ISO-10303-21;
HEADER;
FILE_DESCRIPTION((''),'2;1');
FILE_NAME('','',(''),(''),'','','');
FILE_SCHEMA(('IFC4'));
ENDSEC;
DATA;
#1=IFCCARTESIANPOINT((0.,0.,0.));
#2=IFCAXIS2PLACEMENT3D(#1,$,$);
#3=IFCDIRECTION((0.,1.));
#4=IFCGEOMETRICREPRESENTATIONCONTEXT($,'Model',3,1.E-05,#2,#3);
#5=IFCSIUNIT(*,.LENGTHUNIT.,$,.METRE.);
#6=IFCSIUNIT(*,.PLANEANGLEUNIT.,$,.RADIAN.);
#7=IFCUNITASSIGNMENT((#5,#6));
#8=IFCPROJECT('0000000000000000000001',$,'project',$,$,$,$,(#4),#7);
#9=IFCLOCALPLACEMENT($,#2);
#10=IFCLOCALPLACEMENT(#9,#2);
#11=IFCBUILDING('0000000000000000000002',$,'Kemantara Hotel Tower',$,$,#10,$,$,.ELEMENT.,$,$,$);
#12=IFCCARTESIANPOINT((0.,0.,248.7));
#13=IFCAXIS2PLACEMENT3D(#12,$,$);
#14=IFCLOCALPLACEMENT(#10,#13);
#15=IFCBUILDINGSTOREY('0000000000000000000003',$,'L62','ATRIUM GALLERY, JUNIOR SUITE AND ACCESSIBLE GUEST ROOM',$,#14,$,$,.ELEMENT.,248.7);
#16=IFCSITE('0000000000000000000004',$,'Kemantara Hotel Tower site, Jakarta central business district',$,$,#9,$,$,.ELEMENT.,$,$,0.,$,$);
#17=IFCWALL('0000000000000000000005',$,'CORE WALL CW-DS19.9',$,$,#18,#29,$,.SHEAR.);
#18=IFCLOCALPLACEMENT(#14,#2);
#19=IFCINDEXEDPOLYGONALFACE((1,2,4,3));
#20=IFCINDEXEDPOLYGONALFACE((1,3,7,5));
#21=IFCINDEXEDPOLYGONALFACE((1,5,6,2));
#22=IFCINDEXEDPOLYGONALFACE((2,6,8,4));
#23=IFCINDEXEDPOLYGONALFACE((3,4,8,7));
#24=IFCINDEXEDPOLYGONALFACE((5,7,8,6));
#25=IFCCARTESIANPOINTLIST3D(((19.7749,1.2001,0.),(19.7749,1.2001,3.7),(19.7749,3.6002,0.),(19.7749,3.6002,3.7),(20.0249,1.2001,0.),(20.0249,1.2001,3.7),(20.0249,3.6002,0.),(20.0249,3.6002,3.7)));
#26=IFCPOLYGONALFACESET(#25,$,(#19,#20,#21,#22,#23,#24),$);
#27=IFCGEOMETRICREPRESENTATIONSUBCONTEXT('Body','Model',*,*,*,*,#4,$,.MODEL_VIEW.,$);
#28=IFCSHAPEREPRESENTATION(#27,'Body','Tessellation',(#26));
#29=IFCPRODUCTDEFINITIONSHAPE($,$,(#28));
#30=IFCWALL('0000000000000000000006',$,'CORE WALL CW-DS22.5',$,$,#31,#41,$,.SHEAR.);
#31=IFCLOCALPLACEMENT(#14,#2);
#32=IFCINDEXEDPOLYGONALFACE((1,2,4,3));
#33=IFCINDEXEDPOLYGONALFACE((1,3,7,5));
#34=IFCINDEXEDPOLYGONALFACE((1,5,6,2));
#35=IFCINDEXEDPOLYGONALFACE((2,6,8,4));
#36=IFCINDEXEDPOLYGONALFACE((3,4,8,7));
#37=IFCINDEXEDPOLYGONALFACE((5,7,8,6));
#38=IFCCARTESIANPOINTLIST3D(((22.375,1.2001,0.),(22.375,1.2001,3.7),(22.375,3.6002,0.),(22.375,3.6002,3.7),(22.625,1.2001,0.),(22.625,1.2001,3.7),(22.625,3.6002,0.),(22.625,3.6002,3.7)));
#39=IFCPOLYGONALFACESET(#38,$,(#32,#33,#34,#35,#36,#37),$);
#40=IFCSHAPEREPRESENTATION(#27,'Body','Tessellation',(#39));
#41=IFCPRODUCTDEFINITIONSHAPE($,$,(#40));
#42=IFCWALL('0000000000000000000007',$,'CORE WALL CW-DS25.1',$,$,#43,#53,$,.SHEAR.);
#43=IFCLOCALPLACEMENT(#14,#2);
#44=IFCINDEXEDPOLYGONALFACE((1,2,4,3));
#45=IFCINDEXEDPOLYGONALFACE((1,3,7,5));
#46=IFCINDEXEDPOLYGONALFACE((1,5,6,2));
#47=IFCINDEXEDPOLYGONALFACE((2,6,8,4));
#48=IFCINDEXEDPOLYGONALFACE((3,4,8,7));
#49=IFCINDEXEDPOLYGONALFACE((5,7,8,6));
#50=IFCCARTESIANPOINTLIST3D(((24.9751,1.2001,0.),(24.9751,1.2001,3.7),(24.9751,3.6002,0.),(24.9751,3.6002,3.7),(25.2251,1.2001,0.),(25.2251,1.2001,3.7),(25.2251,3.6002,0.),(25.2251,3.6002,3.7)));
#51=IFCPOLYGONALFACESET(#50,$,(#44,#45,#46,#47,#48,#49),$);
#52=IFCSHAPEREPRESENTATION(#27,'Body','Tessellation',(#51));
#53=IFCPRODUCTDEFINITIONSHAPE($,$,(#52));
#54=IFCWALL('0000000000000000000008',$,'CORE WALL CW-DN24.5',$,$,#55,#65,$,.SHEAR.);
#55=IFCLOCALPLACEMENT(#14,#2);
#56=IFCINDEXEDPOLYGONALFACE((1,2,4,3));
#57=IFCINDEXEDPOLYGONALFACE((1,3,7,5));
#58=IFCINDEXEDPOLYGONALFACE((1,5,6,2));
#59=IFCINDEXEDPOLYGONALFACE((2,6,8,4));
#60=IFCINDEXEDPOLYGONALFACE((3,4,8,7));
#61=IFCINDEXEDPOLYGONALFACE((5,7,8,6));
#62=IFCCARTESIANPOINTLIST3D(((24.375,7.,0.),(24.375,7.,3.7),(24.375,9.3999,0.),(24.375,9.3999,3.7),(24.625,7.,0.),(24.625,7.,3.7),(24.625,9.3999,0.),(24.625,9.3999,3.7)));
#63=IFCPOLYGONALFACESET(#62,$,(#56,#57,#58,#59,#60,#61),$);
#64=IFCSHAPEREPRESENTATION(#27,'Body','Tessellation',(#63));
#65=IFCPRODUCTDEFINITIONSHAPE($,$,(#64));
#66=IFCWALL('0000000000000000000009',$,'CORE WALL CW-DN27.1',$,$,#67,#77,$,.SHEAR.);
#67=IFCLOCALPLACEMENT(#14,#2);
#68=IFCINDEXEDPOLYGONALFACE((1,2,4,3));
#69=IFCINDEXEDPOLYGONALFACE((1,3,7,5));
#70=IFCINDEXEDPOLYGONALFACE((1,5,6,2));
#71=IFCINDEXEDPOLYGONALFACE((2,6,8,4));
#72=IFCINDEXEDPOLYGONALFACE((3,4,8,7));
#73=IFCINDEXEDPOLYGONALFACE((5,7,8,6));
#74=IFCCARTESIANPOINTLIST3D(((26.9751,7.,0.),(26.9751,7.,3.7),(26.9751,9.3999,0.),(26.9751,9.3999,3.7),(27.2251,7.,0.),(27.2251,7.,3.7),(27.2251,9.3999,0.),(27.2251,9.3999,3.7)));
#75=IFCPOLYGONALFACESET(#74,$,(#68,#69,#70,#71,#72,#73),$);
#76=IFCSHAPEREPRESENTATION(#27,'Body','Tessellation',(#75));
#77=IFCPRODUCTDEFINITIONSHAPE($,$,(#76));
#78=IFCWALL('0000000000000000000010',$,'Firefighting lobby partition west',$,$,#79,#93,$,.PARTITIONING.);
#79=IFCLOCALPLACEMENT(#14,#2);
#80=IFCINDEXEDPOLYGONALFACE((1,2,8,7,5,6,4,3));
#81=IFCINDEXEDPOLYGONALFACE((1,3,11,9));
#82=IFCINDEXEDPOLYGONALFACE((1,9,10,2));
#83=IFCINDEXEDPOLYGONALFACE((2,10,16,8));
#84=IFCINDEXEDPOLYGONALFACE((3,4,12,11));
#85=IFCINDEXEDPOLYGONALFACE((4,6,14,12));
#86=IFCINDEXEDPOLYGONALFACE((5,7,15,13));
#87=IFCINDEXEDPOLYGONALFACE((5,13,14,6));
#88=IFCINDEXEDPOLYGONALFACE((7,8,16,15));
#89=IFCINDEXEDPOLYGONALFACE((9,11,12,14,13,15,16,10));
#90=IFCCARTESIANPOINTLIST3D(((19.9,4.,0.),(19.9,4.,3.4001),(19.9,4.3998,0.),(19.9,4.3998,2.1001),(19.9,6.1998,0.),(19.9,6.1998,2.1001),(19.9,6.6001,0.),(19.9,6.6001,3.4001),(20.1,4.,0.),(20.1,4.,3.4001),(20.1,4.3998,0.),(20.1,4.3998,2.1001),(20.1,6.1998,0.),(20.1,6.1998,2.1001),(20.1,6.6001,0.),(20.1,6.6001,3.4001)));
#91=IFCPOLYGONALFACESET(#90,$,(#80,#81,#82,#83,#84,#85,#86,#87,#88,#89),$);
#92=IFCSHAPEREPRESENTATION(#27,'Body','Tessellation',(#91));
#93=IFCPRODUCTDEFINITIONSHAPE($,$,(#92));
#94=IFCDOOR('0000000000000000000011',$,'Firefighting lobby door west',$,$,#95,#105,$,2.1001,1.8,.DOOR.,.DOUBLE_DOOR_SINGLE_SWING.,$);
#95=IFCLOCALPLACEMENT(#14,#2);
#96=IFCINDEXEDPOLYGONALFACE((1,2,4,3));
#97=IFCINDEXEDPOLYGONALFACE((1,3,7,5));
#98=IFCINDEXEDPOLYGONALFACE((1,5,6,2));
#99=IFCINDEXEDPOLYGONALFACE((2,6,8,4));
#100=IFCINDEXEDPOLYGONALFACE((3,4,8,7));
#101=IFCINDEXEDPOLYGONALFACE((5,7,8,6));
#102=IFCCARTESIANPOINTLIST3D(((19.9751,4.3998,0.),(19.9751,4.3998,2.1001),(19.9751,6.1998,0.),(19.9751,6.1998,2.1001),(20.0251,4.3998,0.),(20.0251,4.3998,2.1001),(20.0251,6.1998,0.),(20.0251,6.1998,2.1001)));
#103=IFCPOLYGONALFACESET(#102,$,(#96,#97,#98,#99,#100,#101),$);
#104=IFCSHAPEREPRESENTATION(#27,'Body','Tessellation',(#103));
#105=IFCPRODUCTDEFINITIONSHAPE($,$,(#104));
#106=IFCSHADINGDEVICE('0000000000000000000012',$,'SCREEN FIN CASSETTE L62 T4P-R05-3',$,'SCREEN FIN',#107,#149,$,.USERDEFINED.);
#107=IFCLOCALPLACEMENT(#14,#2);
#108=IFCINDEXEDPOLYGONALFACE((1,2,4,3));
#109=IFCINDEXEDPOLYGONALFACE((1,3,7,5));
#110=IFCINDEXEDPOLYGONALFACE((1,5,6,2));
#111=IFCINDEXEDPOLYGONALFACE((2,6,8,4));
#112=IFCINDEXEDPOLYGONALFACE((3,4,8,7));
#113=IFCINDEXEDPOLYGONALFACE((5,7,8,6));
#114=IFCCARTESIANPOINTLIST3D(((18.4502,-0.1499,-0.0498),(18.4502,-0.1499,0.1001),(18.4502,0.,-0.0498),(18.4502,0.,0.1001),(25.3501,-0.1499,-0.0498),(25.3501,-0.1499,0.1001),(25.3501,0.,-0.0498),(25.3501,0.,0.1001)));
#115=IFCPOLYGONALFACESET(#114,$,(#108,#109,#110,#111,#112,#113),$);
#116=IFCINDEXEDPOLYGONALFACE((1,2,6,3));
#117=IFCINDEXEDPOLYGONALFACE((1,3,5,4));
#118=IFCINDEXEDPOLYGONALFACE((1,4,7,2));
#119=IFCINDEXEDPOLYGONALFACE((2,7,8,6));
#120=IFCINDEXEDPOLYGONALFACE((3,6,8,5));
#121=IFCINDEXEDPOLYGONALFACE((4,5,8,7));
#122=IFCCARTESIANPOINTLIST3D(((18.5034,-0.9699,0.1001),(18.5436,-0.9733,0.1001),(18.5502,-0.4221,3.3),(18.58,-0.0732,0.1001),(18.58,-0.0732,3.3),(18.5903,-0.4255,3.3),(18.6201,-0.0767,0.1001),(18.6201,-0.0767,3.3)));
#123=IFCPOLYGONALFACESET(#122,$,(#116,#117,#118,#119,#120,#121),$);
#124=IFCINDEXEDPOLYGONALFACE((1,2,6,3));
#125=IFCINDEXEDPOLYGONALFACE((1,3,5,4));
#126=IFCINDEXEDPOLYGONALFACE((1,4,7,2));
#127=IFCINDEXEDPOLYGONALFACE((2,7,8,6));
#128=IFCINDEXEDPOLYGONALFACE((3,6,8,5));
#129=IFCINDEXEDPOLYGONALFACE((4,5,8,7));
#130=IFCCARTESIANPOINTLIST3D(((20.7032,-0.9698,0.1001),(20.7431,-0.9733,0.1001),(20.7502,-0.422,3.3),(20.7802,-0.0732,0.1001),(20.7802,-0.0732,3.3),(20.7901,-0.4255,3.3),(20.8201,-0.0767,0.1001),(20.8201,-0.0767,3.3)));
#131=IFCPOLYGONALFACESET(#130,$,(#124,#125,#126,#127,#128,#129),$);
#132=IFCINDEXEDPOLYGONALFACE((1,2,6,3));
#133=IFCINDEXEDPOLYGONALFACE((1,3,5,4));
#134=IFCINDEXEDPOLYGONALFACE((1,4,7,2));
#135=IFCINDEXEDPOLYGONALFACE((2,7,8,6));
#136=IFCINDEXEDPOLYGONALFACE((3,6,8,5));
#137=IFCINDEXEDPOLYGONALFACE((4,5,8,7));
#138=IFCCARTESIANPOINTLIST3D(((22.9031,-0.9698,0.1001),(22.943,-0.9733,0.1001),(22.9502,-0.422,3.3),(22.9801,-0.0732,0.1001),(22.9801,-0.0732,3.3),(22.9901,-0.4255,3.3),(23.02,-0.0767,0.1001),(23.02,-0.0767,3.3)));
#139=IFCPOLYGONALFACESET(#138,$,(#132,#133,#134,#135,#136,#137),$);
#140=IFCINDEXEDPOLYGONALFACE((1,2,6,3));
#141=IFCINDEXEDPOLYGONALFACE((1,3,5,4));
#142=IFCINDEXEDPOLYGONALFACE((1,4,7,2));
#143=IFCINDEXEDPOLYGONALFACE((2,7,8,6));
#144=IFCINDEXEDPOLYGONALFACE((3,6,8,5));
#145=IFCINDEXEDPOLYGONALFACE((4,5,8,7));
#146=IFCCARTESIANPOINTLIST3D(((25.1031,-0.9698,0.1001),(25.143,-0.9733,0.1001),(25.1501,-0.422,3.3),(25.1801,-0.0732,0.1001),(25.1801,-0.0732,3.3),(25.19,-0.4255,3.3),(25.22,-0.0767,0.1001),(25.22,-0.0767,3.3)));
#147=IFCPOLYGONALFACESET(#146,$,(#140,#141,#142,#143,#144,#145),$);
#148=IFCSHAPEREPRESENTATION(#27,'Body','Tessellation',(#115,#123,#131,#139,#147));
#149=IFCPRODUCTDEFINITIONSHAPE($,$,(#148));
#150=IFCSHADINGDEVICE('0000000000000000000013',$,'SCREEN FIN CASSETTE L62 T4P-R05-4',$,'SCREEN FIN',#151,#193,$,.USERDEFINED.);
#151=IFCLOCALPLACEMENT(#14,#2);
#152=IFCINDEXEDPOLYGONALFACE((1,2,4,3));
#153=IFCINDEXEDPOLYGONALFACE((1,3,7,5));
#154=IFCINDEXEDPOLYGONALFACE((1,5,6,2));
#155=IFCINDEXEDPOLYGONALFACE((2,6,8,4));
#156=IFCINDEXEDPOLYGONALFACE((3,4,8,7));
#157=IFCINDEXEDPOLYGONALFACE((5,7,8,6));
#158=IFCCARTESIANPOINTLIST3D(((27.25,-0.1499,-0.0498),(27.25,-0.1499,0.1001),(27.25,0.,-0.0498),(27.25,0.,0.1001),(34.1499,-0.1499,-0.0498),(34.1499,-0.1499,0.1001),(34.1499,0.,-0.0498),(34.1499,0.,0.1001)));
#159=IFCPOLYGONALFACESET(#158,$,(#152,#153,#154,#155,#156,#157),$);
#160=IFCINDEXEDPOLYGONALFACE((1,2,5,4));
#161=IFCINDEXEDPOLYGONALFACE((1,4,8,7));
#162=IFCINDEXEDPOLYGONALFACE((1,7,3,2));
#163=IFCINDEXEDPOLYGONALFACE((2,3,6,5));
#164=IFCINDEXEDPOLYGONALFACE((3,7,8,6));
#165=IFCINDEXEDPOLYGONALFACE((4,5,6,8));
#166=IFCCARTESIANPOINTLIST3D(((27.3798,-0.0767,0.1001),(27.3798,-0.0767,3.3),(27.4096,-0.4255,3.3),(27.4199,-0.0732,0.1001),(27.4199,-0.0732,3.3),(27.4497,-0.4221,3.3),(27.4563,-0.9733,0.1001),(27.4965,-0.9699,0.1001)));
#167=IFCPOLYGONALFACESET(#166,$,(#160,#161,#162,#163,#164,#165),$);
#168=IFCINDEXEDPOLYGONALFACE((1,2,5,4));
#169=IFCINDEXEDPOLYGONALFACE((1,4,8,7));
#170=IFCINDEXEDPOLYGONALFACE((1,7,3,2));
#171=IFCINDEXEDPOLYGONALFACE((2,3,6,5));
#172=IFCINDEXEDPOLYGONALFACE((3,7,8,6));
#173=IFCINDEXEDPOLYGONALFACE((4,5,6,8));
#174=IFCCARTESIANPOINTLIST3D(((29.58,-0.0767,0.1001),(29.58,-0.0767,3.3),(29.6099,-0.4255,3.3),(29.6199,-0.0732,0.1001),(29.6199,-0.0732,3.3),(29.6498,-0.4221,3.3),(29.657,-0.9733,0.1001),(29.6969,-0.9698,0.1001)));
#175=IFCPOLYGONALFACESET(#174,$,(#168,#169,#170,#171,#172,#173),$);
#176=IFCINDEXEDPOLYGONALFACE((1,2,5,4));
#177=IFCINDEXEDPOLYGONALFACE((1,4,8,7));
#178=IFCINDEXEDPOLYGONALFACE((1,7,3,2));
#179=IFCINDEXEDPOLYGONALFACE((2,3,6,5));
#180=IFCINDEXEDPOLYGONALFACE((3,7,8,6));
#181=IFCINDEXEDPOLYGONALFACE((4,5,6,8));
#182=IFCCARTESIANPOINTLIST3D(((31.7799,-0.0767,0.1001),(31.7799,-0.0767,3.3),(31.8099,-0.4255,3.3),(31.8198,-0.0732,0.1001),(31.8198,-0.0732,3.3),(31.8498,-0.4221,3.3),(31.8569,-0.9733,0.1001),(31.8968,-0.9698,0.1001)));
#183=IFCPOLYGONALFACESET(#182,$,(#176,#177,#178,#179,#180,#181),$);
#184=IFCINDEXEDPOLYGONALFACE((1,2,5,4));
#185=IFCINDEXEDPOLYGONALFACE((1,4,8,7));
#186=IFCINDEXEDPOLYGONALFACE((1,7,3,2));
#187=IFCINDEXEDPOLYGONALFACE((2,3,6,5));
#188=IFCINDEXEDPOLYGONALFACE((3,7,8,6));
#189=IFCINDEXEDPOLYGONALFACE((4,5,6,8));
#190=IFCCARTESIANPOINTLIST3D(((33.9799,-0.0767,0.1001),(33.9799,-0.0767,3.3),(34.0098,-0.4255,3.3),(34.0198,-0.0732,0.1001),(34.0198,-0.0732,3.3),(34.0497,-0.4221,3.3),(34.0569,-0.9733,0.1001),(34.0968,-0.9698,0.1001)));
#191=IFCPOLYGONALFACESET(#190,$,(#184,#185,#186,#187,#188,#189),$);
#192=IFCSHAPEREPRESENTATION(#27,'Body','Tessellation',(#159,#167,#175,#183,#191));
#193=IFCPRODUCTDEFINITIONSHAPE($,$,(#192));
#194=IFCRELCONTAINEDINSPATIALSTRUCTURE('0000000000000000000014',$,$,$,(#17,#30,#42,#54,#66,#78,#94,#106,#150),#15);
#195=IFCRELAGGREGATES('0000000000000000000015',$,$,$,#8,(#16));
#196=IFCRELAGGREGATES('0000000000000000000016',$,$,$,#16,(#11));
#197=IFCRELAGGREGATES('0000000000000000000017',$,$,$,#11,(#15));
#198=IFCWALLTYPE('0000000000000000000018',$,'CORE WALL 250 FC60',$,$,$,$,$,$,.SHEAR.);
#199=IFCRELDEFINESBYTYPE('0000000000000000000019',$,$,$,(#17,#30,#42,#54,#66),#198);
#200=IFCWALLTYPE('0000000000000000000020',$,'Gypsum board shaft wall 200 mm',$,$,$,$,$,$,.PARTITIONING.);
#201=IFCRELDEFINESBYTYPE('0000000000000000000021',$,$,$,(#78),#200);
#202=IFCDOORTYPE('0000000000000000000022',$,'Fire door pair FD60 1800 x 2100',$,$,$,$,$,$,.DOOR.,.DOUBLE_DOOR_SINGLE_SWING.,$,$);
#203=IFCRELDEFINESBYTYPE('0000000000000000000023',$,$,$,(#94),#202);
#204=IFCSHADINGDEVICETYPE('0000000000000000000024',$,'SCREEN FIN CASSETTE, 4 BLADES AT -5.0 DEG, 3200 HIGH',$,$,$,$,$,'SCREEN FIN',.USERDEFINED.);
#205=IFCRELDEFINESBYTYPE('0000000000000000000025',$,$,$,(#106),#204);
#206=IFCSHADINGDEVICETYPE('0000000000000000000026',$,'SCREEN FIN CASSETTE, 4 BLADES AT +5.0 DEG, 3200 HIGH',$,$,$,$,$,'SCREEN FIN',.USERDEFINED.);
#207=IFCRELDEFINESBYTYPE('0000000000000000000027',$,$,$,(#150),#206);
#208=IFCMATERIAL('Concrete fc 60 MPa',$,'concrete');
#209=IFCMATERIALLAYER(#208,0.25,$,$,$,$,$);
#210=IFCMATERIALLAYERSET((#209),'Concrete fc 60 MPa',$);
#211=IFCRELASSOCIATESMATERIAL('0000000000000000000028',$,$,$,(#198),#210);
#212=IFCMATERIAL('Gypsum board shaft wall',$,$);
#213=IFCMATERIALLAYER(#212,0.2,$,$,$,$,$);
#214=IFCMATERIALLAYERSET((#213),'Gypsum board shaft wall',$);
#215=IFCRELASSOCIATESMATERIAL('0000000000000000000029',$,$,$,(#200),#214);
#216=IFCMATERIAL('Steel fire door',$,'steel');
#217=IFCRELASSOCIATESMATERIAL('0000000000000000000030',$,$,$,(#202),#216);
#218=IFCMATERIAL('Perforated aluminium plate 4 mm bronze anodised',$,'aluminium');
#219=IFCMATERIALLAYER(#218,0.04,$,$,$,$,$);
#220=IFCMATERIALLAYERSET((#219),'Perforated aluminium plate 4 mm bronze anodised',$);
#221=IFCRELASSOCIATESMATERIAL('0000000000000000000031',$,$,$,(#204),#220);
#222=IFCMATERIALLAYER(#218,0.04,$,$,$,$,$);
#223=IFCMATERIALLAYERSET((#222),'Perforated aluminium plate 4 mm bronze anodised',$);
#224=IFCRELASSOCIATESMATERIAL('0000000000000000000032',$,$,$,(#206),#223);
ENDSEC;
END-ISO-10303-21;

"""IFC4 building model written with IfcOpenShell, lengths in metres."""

from ifc_helpers import new_model, si_unit, direction, frame, frame_2d, origin, origin_2d, place, context, subcontext, project, spatial, polyline, rectangle, outline, extrude, source, transform, mapped, material, layer, layer_set, type_object, element, fill, save


model = new_model("IFC4")

# Units and contexts
model_context = context("Model", 3, precision=1e-05, world=origin(), true_north=direction((0.0, 1.0)))
body_context = subcontext(model_context, "Body", "Model", "MODEL_VIEW")
ifc_project = project(units=[si_unit("LENGTHUNIT", "METRE"), si_unit("PLANEANGLEUNIT", "RADIAN")], contexts=[model_context])

# Site, building, storey
site_placement = place(None, origin())
site = spatial("IfcSite", under=ifc_project, at=site_placement, Name="Kemantara Hotel Tower site, Jakarta central business district", CompositionType="ELEMENT", RefElevation=0.0)
building_placement = place(site_placement, origin())
building = spatial("IfcBuilding", under=site, at=building_placement, Name="Kemantara Hotel Tower", CompositionType="ELEMENT")
storey_placement = place(building_placement, frame((0.0, 0.0, 248.7)))
storey = spatial("IfcBuildingStorey", under=building, at=storey_placement, Name="L62", Description="ATRIUM GALLERY, JUNIOR SUITE AND ACCESSIBLE GUEST ROOM", CompositionType="ELEMENT", Elevation=248.7)

# Walls
ifc_material_1 = material(Name="Concrete fc 60 MPa", Category="concrete")
ifc_layer_1 = layer(ifc_material_1, 0.25)
ifc_layer_set_1 = layer_set([ifc_layer_1], Name="Concrete fc 60 MPa")
wall_type_1 = type_object("IfcWallType", Name="CORE WALL 250 FC60", PredefinedType="SHEAR", material=ifc_layer_set_1)
for number, where, z_axis, x_axis, name in (
    (1, (19.8999, 1.2, 0.0), (0.0, 0.0, 1.0), (0.0, 1.0, 0.0), "CORE WALL CW-DS19.9"),
    (2, (22.5, 1.2, 0.0), (0.0, 0.0, 1.0), (0.0, 1.0, 0.0), "CORE WALL CW-DS22.5"),
    (3, (25.1001, 1.2, 0.0), (0.0, 0.0, 1.0), (0.0, 1.0, 0.0), "CORE WALL CW-DS25.1"),
):
    element("IfcWall", number, at=place(storey_placement, frame(where, z_axis=z_axis, x_axis=x_axis)), inside=storey, type_object=wall_type_1, Name=name, PredefinedType="SHEAR", context=body_context, shape_type="SweptSolid", body=[
        extrude(rectangle(XDim=2.4001, YDim=0.25, at=frame_2d((1.2002, 0.0))), origin(), (0.0, 0.0, 1.0), 3.7),
    ])
for number, where, z_axis, x_axis, name in (
    (4, (24.5, 7.0, 0.0), (0.0, 0.0, 1.0), (0.0, 1.0, 0.0), "CORE WALL CW-DN24.5"),
    (5, (27.1001, 7.0, 0.0), (0.0, 0.0, 1.0), (0.0, 1.0, 0.0), "CORE WALL CW-DN27.1"),
):
    element("IfcWall", number, at=place(storey_placement, frame(where, z_axis=z_axis, x_axis=x_axis)), inside=storey, type_object=wall_type_1, Name=name, PredefinedType="SHEAR", context=body_context, shape_type="SweptSolid", body=[
        extrude(rectangle(XDim=2.3999, YDim=0.25, at=frame_2d((1.2, 0.0))), origin(), (0.0, 0.0, 1.0), 3.7),
    ])

# Wall, opening, door
ifc_material_2 = material(Name="Gypsum board shaft wall")
ifc_layer_2 = layer(ifc_material_2, 0.2)
ifc_layer_set_2 = layer_set([ifc_layer_2], Name="Gypsum board shaft wall")
wall_type_2 = type_object("IfcWallType", Name="Gypsum board shaft wall 200 mm", PredefinedType="PARTITIONING", material=ifc_layer_set_2)
wall_placement = place(storey_placement, frame((20.0, 4.0, 0.0), z_axis=(0.0, 0.0, 1.0), x_axis=(0.0, 1.0, 0.0)))
wall = element("IfcWall", 6, at=wall_placement, inside=storey, type_object=wall_type_2, Name="Firefighting lobby partition west", PredefinedType="PARTITIONING", context=body_context, shape_type="SweptSolid", body=[
    extrude(rectangle(XDim=2.6001, YDim=0.2, at=frame_2d((1.3, 0.0))), origin(), (0.0, 0.0, 1.0), 3.4001),
])
opening_placement = place(wall_placement, frame((0.3999, 0.0, 0.0)))
opening = element("IfcOpeningElement", 7, at=opening_placement, cuts=wall, PredefinedType="OPENING", context=body_context, shape_type="SweptSolid", body=[
    extrude(rectangle(XDim=1.8, YDim=2.1001, at=frame_2d((0.8999, 1.05))), frame((0.0, 0.1099, 0.0), z_axis=(0.0, -1.0, 0.0), x_axis=(1.0, 0.0, 0.0)), (0.0, 0.0, 1.0), 0.22),
])
ifc_material_3 = material(Name="Steel fire door", Category="steel")
door_type = type_object("IfcDoorType", Name="Fire door pair FD60 1800 x 2100", OperationType="DOUBLE_DOOR_SINGLE_SWING", PredefinedType="DOOR", material=ifc_material_3)
door_placement = place(opening_placement, origin())
door = element("IfcDoor", 8, at=door_placement, inside=storey, type_object=door_type, Name="Firefighting lobby door west", OperationType="DOUBLE_DOOR_SINGLE_SWING", OverallHeight=2.1001, OverallWidth=1.8, PredefinedType="DOOR", context=body_context, shape_type="SweptSolid", body=[
    extrude(rectangle(XDim=1.8, YDim=2.1001, at=frame_2d((0.8999, 1.05))), frame((0.0, 0.0249, 0.0), z_axis=(0.0, -1.0, 0.0), x_axis=(1.0, 0.0, 0.0)), (0.0, 0.0, 1.0), 0.05),
])
fill(opening, door)

# Shading devices
ifc_material_4 = material(Name="Perforated aluminium plate 4 mm bronze anodised", Category="aluminium")
ifc_layer_3 = layer(ifc_material_4, 0.04)
ifc_layer_set_3 = layer_set([ifc_layer_3], Name="Perforated aluminium plate 4 mm bronze anodised")
shading_device_type_1 = type_object("IfcShadingDeviceType", Name="SCREEN FIN CASSETTE, 4 BLADES AT -5.0 DEG, 3200 HIGH", ElementType="SCREEN FIN", PredefinedType="USERDEFINED", material=ifc_layer_set_3)
shared_shape_1 = source(origin(), body_context, "Body", "SweptSolid", [
    extrude(rectangle(XDim=6.8999, YDim=0.1499, at=origin_2d()), frame((3.3, -0.075, -0.1499), z_axis=(0.0, 0.0, 1.0), x_axis=(1.0, 0.0, 0.0)), (0.0, 0.0, 1.0), 0.1499),
    extrude(outline(polyline([(0.0, 0.0), (0.8999, 0.0), (0.3501, 3.2), (0.0, 3.2), (0.0, 0.0)])), frame((0.02, -0.0767, 0.0), z_axis=(-0.996376, 0.085056, 0.0), x_axis=(-0.085056, -0.996376, 0.0)), (0.0, 0.0, 1.0), 0.0403),
    extrude(outline(polyline([(0.0, 0.0), (0.8999, 0.0), (0.3501, 3.2), (0.0, 3.2), (0.0, 0.0)])), frame((2.22, -0.0767, 0.0), z_axis=(-0.996332, 0.085575, 0.0), x_axis=(-0.085575, -0.996332, 0.0)), (0.0, 0.0, 1.0), 0.04),
    extrude(outline(polyline([(0.0, 0.0), (0.8999, 0.0), (0.3501, 3.2), (0.0, 3.2), (0.0, 0.0)])), frame((4.4199, -0.0767, 0.0), z_axis=(-0.996332, 0.085575, 0.0), x_axis=(-0.085575, -0.996332, 0.0)), (0.0, 0.0, 1.0), 0.04),
    extrude(outline(polyline([(0.0, 0.0), (0.8999, 0.0), (0.3501, 3.2), (0.0, 3.2), (0.0, 0.0)])), frame((6.6199, -0.0767, 0.0), z_axis=(-0.996332, 0.085575, 0.0), x_axis=(-0.085575, -0.996332, 0.0)), (0.0, 0.0, 1.0), 0.04),
])
shading_device_1_placement = place(storey_placement, frame((18.6001, 0.0, 0.1001), z_axis=(0.0, 0.0, 1.0), x_axis=(1.0, 0.0, 0.0)))
element("IfcShadingDevice", 9, at=shading_device_1_placement, inside=storey, type_object=shading_device_type_1, Name="SCREEN FIN CASSETTE L62 T4P-R05-3", ObjectType="SCREEN FIN", PredefinedType="USERDEFINED", context=body_context, shape_type="MappedRepresentation", body=[
    mapped(shared_shape_1, transform((0.0, 0.0, 0.0))),
])
ifc_layer_4 = layer(ifc_material_4, 0.04)
ifc_layer_set_4 = layer_set([ifc_layer_4], Name="Perforated aluminium plate 4 mm bronze anodised")
shading_device_type_2 = type_object("IfcShadingDeviceType", Name="SCREEN FIN CASSETTE, 4 BLADES AT +5.0 DEG, 3200 HIGH", ElementType="SCREEN FIN", PredefinedType="USERDEFINED", material=ifc_layer_set_4)
shared_shape_2 = source(origin(), body_context, "Body", "SweptSolid", [
    extrude(rectangle(XDim=6.8999, YDim=0.1499, at=origin_2d()), frame((3.3, -0.075, -0.1499), z_axis=(0.0, 0.0, 1.0), x_axis=(1.0, 0.0, 0.0)), (0.0, 0.0, 1.0), 0.1499),
    extrude(outline(polyline([(0.0, 0.0), (0.8999, 0.0), (0.3501, 3.2), (0.0, 3.2), (0.0, 0.0)])), frame((0.02, -0.0732, 0.0), z_axis=(-0.996376, -0.085056, 0.0), x_axis=(0.085056, -0.996376, 0.0)), (0.0, 0.0, 1.0), 0.0403),
    extrude(outline(polyline([(0.0, 0.0), (0.8999, 0.0), (0.3501, 3.2), (0.0, 3.2), (0.0, 0.0)])), frame((2.22, -0.0732, 0.0), z_axis=(-0.996332, -0.085575, 0.0), x_axis=(0.085575, -0.996332, 0.0)), (0.0, 0.0, 1.0), 0.04),
    extrude(outline(polyline([(0.0, 0.0), (0.8999, 0.0), (0.3501, 3.2), (0.0, 3.2), (0.0, 0.0)])), frame((4.4199, -0.0732, 0.0), z_axis=(-0.996332, -0.085575, 0.0), x_axis=(0.085575, -0.996332, 0.0)), (0.0, 0.0, 1.0), 0.04),
    extrude(outline(polyline([(0.0, 0.0), (0.8999, 0.0), (0.3501, 3.2), (0.0, 3.2), (0.0, 0.0)])), frame((6.6199, -0.0732, 0.0), z_axis=(-0.996332, -0.085575, 0.0), x_axis=(0.085575, -0.996332, 0.0)), (0.0, 0.0, 1.0), 0.04),
])
shading_device_2_placement = place(storey_placement, frame((27.3999, 0.0, 0.1001), z_axis=(0.0, 0.0, 1.0), x_axis=(1.0, 0.0, 0.0)))
element("IfcShadingDevice", 10, at=shading_device_2_placement, inside=storey, type_object=shading_device_type_2, Name="SCREEN FIN CASSETTE L62 T4P-R05-4", ObjectType="SCREEN FIN", PredefinedType="USERDEFINED", context=body_context, shape_type="MappedRepresentation", body=[
    mapped(shared_shape_2, transform((0.0, 0.0, 0.0))),
])

save(model, "model.ifc")
